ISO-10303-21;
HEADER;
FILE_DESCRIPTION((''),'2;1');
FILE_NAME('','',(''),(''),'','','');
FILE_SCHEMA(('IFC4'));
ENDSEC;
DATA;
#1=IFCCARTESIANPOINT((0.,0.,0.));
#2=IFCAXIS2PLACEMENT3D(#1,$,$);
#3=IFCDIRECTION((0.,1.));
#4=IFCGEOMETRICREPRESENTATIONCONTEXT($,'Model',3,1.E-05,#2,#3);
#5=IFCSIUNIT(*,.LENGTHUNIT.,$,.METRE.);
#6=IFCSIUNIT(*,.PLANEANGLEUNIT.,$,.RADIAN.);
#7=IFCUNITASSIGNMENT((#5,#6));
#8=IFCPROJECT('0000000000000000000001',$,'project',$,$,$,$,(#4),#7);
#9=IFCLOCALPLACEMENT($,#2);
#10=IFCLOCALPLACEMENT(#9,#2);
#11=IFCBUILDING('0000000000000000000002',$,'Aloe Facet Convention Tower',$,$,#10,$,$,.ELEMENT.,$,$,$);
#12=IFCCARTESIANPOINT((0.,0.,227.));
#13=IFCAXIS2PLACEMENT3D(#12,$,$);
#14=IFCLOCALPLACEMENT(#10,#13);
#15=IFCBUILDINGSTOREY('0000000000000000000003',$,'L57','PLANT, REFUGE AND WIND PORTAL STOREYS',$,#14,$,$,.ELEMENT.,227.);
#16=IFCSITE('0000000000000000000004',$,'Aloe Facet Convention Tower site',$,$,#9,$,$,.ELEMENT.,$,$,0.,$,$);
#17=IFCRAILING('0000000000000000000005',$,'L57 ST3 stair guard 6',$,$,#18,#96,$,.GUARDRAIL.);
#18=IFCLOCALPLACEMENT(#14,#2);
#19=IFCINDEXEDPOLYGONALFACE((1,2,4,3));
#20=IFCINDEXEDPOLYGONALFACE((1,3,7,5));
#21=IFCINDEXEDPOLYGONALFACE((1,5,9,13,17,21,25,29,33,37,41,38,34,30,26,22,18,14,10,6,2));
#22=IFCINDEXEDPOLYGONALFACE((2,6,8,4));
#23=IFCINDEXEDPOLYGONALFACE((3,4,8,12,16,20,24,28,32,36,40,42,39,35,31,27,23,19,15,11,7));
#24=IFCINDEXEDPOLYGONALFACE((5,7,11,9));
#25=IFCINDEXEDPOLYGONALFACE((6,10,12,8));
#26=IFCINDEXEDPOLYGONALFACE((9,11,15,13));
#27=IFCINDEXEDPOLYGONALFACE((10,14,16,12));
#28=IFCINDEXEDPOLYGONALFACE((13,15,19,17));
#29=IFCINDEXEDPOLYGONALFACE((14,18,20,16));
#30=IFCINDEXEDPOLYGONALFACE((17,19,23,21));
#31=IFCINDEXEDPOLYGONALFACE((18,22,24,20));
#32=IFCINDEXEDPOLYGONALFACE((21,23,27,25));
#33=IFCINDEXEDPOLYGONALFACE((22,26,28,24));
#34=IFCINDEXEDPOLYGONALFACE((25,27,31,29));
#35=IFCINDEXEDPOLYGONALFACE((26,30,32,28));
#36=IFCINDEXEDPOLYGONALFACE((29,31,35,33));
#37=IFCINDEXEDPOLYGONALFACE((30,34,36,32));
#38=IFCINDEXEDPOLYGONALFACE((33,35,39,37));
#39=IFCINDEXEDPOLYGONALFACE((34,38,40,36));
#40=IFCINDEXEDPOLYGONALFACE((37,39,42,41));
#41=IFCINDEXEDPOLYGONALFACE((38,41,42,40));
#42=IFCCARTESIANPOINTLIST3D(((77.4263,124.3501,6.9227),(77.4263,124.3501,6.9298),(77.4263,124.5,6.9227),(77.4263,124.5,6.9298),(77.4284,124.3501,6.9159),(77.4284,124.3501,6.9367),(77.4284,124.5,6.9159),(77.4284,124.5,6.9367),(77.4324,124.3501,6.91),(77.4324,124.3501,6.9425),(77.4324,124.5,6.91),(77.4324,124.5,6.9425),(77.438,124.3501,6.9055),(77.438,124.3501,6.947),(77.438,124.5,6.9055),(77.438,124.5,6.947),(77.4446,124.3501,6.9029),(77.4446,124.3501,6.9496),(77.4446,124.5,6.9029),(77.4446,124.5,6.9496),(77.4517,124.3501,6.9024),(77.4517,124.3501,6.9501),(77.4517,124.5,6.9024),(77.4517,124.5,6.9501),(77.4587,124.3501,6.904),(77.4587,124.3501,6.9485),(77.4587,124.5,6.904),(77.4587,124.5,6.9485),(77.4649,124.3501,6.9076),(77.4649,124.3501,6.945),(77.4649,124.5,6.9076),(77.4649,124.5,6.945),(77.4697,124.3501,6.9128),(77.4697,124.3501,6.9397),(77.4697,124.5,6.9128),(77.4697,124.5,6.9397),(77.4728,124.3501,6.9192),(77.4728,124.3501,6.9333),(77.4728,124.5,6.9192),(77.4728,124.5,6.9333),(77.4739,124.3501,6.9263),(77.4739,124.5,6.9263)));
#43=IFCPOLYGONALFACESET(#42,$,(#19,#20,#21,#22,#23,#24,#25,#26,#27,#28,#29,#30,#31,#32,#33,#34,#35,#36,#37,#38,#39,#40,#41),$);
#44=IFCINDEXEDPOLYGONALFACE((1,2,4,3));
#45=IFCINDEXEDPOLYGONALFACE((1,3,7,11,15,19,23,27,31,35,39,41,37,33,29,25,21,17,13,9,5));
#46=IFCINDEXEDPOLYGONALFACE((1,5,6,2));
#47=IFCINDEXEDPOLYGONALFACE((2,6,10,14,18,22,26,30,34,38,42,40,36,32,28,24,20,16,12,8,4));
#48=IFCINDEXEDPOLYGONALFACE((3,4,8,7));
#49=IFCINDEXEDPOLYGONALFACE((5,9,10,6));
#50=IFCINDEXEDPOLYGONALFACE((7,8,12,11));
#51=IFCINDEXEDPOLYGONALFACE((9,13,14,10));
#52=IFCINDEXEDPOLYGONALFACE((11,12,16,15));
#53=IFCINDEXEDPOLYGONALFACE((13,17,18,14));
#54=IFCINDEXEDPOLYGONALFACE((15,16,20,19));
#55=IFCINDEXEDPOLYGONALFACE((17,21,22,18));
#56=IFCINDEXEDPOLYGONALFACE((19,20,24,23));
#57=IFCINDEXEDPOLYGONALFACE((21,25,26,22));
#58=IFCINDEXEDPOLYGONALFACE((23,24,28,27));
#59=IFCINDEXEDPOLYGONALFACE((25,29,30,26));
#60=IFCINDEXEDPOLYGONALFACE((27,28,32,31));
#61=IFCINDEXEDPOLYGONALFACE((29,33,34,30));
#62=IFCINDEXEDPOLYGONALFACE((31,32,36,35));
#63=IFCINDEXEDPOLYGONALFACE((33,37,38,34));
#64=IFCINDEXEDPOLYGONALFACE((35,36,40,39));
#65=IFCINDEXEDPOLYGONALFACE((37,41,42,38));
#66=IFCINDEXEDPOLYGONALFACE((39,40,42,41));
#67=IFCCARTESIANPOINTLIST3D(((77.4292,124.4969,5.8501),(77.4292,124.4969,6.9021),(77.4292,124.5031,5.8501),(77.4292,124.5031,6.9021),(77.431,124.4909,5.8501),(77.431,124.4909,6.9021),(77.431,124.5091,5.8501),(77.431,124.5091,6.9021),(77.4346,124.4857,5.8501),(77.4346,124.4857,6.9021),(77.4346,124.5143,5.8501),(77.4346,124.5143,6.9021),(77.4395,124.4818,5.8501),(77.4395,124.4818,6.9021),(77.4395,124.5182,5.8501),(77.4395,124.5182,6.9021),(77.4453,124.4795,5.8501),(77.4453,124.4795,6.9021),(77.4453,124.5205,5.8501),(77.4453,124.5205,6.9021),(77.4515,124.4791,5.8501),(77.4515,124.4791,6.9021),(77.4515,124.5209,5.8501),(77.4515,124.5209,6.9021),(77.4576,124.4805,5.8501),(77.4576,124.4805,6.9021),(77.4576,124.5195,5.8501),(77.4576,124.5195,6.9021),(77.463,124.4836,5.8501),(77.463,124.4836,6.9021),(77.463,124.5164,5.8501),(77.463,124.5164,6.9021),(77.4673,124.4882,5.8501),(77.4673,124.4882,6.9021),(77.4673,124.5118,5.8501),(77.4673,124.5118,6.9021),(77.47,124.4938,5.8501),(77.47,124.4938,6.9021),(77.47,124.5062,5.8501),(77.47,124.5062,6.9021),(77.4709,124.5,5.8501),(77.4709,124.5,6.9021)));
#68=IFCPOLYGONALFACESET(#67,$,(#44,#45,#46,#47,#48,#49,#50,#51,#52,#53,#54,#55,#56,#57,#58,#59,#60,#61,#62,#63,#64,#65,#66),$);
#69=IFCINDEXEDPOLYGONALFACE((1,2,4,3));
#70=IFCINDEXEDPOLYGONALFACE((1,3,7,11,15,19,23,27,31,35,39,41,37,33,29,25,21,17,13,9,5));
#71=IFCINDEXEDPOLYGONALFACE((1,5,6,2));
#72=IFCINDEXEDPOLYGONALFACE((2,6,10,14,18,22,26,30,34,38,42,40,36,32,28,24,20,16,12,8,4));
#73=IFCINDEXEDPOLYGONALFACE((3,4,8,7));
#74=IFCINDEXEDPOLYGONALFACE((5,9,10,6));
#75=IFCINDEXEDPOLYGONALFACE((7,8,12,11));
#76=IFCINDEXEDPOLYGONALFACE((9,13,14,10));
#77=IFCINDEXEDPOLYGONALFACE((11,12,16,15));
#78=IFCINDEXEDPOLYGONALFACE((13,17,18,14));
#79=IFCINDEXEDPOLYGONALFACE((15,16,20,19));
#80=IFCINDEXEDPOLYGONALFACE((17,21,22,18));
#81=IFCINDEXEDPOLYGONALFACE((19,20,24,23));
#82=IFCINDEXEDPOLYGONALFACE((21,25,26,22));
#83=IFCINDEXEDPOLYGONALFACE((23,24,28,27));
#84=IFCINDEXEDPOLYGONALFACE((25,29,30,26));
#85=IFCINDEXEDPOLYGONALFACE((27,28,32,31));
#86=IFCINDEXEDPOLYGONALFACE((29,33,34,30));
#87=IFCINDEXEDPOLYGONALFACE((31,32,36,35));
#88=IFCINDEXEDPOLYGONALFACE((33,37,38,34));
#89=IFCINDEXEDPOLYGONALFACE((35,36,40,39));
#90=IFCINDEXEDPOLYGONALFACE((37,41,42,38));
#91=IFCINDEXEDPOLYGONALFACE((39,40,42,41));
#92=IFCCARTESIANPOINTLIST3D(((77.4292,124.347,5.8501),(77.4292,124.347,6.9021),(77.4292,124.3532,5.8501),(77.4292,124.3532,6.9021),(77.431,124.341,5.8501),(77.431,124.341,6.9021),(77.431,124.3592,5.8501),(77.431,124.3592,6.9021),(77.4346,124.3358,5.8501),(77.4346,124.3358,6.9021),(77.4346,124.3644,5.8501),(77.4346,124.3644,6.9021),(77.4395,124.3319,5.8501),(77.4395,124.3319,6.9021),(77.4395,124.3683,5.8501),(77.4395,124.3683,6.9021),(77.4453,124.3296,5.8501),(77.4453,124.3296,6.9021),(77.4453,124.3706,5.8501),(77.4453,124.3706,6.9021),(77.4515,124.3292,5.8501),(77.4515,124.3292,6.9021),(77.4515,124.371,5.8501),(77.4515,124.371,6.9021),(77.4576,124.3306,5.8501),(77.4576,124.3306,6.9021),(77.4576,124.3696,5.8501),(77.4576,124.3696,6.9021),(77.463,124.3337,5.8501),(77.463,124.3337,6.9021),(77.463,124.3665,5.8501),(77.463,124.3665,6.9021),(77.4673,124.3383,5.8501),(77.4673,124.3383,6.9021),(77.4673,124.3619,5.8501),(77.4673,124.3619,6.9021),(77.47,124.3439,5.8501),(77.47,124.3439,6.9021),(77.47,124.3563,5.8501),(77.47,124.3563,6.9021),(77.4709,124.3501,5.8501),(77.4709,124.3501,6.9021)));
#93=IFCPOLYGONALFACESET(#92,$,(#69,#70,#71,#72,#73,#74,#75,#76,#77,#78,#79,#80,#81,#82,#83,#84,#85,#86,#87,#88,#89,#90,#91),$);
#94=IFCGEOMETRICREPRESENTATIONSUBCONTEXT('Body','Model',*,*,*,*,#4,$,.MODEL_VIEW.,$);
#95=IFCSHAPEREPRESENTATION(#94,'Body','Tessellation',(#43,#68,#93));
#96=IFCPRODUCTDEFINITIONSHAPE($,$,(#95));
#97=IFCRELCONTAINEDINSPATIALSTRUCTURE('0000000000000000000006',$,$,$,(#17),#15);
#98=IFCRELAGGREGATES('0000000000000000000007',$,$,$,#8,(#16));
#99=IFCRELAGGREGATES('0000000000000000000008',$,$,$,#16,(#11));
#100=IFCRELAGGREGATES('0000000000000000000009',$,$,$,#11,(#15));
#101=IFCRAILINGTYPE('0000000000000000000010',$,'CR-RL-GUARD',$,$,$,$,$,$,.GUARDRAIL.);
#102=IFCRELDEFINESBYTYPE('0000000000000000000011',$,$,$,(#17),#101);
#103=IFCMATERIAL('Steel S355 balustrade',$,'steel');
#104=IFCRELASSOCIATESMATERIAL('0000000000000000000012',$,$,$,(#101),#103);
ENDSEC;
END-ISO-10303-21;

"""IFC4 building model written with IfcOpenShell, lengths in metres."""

from ifc_helpers import new_model, si_unit, direction, frame, origin, origin_2d, place, context, subcontext, project, spatial, circle, extrude, material, type_object, element, save


model = new_model("IFC4")

# Units and contexts
model_context = context("Model", 3, precision=1e-05, world=origin(), true_north=direction((0.0, 1.0)))
body_context = subcontext(model_context, "Body", "Model", "MODEL_VIEW")
ifc_project = project(units=[si_unit("LENGTHUNIT", "METRE"), si_unit("PLANEANGLEUNIT", "RADIAN")], contexts=[model_context])

# Site, building, storey
site_placement = place(None, origin())
site = spatial("IfcSite", under=ifc_project, at=site_placement, Name="Aloe Facet Convention Tower site", CompositionType="ELEMENT", RefElevation=0.0)
building_placement = place(site_placement, origin())
building = spatial("IfcBuilding", under=site, at=building_placement, Name="Aloe Facet Convention Tower", CompositionType="ELEMENT")
storey_placement = place(building_placement, frame((0.0, 0.0, 227.0)))
storey = spatial("IfcBuildingStorey", under=building, at=storey_placement, Name="L57", Description="PLANT, REFUGE AND WIND PORTAL STOREYS", CompositionType="ELEMENT", Elevation=227.0)

# Railing
ifc_material_1 = material(Name="Steel S355 balustrade", Category="steel")
railing_type_1 = type_object("IfcRailingType", Name="CR-RL-GUARD", PredefinedType="GUARDRAIL", material=ifc_material_1)
railing_1_placement = place(storey_placement, frame((77.45, 124.5, 5.8501)))
element("IfcRailing", 1, at=railing_1_placement, inside=storey, type_object=railing_type_1, Name="L57 ST3 stair guard 6", PredefinedType="GUARDRAIL", context=body_context, shape_type="SweptSolid", body=[
    extrude(circle(Radius=0.0239, at=origin_2d()), frame((0.0, 0.0, 1.0762), z_axis=(0.0, -1.0, 0.0), x_axis=(1.0, 0.0, 0.0)), (0.0, 0.0, 1.0), 0.1499),
    extrude(circle(Radius=0.021, at=origin_2d()), origin(), (0.0, 0.0, 1.0), 1.052),
    extrude(circle(Radius=0.021, at=origin_2d()), frame((0.0, -0.1499, 0.0)), (0.0, 0.0, 1.0), 1.052),
])

save(model, "model.ifc")
